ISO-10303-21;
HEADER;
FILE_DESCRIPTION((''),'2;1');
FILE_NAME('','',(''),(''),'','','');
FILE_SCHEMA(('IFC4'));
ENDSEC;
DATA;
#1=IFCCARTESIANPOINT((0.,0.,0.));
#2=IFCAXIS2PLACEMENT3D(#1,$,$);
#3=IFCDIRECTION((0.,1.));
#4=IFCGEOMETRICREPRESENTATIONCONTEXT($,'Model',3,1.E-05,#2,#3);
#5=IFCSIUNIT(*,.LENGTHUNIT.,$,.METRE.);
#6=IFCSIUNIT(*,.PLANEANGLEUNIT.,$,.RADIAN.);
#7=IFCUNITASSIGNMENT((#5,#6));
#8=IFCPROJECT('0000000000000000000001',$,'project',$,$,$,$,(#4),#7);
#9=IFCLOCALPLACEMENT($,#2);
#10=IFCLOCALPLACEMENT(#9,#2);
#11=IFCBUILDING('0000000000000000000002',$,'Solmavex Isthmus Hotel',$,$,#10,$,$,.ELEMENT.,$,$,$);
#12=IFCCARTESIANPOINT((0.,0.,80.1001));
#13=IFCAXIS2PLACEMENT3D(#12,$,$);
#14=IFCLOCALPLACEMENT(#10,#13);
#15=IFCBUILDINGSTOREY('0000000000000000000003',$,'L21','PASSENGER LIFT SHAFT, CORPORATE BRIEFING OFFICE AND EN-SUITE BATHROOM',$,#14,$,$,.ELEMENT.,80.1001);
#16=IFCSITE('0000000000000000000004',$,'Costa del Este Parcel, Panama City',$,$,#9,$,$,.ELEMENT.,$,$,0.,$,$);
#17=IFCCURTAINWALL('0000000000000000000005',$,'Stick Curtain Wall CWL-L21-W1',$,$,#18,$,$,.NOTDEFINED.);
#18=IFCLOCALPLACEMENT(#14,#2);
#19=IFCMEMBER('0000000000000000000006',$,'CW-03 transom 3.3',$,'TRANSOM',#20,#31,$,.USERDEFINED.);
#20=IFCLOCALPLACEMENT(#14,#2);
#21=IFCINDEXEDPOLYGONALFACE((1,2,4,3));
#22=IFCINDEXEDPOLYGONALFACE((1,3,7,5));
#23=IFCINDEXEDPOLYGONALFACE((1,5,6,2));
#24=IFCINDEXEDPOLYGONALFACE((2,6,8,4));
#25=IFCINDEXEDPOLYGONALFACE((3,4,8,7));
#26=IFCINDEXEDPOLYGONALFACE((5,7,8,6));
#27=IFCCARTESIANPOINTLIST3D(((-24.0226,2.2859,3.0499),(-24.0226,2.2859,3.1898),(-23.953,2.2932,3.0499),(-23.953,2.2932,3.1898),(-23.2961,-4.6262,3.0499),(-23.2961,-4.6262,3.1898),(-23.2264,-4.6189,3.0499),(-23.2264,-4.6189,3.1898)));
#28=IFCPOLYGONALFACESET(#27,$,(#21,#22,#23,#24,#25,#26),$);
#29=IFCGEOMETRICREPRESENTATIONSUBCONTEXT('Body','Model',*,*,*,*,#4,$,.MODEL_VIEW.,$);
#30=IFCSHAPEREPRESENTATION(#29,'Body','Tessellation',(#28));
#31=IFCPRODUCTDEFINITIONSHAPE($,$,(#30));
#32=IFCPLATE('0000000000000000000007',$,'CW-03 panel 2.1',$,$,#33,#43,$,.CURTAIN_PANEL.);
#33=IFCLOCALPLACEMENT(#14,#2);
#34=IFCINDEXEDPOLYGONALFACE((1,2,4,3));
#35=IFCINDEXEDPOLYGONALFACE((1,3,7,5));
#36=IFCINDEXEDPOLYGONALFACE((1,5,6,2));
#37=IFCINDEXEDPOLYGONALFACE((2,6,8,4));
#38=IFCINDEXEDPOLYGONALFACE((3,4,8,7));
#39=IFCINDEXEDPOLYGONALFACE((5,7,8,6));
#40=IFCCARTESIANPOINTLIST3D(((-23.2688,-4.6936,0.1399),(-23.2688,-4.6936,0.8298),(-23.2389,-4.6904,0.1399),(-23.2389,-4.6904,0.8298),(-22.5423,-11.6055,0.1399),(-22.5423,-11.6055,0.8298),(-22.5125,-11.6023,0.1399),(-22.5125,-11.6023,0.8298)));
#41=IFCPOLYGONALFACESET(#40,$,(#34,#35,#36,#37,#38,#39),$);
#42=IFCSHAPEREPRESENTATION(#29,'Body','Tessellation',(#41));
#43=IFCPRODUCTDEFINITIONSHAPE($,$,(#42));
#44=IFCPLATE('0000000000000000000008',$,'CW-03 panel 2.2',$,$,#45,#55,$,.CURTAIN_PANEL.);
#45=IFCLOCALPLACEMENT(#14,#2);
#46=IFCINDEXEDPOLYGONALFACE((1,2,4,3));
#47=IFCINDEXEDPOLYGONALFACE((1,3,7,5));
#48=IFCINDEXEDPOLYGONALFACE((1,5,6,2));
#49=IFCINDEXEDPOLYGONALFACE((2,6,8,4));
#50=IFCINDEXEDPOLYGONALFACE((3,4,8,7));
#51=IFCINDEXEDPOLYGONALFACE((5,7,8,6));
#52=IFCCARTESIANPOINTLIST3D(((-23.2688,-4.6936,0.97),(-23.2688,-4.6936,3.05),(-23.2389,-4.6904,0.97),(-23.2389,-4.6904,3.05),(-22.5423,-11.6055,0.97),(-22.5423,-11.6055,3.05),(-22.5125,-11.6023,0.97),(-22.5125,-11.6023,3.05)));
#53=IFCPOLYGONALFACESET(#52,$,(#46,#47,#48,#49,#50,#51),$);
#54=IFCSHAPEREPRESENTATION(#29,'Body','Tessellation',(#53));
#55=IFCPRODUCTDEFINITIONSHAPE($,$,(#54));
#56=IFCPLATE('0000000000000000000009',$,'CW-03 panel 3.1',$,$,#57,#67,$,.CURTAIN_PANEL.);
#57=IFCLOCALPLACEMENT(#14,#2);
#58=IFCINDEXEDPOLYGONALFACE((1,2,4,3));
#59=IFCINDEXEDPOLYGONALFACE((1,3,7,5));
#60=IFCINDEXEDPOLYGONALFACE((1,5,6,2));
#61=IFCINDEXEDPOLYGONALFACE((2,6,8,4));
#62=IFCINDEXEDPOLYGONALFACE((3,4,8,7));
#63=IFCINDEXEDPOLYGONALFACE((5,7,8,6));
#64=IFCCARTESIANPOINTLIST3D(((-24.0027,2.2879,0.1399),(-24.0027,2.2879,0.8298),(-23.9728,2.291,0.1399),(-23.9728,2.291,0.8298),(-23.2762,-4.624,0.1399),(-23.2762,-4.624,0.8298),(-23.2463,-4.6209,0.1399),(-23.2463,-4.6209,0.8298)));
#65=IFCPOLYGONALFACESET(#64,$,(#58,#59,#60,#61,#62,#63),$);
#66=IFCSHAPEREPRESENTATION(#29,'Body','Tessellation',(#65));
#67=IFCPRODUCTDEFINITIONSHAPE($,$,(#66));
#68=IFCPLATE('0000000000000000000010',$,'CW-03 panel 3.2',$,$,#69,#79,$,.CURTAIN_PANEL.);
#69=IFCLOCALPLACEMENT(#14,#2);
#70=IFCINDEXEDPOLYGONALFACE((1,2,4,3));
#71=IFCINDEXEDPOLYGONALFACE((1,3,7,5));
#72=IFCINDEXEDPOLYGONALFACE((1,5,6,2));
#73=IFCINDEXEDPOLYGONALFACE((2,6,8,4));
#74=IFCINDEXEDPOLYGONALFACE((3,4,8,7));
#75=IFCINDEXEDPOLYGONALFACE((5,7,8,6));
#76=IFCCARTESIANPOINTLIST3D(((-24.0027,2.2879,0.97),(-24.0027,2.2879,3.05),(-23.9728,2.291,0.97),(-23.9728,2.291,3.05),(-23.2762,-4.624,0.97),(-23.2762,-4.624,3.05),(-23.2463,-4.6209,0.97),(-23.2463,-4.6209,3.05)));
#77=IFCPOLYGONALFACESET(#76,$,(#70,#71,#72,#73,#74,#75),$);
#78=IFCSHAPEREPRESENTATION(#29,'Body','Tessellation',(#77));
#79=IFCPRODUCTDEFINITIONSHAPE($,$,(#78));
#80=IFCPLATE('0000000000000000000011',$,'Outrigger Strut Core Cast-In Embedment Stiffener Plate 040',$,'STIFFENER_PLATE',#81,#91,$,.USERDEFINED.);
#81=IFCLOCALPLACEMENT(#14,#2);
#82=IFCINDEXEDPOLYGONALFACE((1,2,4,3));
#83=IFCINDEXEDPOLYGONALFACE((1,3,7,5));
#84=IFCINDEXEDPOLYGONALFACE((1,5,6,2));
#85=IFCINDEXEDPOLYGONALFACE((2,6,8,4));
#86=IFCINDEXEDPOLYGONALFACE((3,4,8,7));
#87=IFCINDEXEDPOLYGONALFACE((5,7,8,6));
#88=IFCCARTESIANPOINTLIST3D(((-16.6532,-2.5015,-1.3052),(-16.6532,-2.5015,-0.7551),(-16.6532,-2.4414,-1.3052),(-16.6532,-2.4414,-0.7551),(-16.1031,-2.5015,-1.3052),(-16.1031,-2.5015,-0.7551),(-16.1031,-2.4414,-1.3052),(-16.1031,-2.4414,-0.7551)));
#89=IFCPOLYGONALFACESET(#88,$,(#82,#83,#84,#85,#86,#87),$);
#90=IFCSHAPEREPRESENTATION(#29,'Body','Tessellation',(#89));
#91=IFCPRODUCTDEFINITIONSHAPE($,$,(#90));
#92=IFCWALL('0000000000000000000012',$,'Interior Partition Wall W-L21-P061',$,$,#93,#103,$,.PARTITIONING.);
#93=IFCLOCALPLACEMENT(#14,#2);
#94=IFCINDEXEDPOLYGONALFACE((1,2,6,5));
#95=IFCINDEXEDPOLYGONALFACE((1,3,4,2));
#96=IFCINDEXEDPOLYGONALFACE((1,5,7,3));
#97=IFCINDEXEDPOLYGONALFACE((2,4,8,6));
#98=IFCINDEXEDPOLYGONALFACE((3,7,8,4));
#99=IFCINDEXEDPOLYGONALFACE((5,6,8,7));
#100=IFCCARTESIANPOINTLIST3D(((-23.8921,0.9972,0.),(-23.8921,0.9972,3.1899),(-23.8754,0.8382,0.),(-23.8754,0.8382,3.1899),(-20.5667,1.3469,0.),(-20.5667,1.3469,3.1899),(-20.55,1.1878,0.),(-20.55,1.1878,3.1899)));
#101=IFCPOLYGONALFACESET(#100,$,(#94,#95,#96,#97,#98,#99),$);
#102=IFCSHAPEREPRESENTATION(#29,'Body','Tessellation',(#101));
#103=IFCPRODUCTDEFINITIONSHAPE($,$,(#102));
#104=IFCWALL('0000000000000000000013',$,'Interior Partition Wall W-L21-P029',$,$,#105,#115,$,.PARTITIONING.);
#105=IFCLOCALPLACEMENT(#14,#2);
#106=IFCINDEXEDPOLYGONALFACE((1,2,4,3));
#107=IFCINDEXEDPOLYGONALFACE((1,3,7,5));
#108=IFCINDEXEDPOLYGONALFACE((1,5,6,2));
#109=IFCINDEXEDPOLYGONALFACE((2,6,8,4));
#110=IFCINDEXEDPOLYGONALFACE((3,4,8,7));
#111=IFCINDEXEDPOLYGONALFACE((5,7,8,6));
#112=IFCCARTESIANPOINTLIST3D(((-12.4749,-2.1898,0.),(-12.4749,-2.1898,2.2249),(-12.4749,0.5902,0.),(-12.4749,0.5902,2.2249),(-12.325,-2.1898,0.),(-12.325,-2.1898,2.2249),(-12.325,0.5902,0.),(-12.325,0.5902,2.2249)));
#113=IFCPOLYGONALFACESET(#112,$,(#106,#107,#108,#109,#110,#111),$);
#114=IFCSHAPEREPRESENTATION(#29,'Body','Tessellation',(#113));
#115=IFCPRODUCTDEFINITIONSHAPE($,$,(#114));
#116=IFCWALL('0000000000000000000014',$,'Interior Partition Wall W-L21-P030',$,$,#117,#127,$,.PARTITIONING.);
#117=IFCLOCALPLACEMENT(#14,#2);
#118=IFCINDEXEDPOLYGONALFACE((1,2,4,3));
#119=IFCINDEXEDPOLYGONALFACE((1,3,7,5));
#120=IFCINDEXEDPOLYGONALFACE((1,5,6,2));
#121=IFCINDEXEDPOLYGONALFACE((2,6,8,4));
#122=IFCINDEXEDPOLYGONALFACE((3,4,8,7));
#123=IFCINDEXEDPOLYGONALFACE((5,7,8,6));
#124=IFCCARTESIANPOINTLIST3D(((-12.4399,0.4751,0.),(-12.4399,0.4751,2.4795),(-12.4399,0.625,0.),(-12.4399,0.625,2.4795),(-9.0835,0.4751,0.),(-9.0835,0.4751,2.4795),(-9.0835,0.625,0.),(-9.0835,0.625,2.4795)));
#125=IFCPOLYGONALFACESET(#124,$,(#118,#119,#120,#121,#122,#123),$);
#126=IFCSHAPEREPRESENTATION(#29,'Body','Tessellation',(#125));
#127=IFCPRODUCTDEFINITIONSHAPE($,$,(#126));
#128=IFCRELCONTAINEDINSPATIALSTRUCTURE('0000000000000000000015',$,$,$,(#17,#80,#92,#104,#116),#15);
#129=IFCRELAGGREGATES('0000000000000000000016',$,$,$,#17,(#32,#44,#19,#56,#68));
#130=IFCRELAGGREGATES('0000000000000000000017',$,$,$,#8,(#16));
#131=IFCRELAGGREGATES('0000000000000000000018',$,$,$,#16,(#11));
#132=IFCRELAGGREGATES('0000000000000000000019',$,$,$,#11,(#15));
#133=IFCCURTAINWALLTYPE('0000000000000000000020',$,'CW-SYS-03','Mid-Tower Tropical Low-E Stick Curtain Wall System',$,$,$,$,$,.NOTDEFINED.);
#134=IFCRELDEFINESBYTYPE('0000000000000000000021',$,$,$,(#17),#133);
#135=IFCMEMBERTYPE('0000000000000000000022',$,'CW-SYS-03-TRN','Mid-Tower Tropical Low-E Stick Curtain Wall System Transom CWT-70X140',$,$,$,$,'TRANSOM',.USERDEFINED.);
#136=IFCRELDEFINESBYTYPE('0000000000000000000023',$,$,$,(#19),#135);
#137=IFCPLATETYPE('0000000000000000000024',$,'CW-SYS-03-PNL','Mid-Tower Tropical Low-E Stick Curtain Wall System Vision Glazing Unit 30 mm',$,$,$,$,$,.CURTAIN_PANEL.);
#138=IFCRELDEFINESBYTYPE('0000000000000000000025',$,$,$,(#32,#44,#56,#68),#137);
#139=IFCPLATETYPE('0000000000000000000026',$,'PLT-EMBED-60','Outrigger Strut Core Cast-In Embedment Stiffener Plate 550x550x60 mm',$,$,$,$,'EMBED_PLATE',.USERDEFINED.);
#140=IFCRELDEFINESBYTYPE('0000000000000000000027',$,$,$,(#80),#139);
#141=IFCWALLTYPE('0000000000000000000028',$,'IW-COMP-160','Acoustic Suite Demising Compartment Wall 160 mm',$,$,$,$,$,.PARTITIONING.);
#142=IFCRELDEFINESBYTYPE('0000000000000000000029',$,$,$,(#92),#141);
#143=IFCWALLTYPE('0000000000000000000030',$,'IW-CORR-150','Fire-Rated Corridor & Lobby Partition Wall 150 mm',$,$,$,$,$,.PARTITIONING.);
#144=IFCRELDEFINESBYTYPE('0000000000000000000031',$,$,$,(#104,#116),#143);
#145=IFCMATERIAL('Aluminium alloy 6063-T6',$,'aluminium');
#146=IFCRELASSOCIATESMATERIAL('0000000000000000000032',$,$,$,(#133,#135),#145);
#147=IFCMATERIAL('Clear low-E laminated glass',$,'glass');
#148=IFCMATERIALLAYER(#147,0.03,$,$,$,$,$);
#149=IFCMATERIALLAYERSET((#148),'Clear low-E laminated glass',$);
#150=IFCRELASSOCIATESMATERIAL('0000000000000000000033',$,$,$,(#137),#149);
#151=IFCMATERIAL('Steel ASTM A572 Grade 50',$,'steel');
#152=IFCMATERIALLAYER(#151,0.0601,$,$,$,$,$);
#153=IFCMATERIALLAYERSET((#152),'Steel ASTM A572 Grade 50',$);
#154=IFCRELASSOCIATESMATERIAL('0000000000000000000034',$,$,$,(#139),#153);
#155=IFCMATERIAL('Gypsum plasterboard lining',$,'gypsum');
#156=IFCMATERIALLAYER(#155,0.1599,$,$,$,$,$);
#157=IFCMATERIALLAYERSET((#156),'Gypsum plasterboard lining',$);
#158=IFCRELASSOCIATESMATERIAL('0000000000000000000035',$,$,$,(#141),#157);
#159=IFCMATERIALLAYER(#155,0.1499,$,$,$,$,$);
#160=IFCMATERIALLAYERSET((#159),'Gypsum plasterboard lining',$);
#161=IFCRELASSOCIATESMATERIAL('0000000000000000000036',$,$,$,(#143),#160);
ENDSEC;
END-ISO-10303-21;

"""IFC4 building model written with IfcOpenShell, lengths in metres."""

from ifc_helpers import new_model, si_unit, direction, frame, frame_2d, origin, origin_2d, place, context, subcontext, project, spatial, rectangle, extrude, material, layer, layer_set, material_profile, profile_set, type_object, element, aggregate, save


model = new_model("IFC4")

# Units and contexts
model_context = context("Model", 3, precision=1e-05, world=origin(), true_north=direction((0.0, 1.0)))
body_context = subcontext(model_context, "Body", "Model", "MODEL_VIEW")
ifc_project = project(units=[si_unit("LENGTHUNIT", "METRE"), si_unit("PLANEANGLEUNIT", "RADIAN")], contexts=[model_context])

# Site, building, storey
site_placement = place(None, origin())
site = spatial("IfcSite", under=ifc_project, at=site_placement, Name="Costa del Este Parcel, Panama City", CompositionType="ELEMENT", RefElevation=0.0)
building_placement = place(site_placement, origin())
building = spatial("IfcBuilding", under=site, at=building_placement, Name="Solmavex Isthmus Hotel", CompositionType="ELEMENT")
storey_placement = place(building_placement, frame((0.0, 0.0, 80.1001)))
storey = spatial("IfcBuildingStorey", under=building, at=storey_placement, Name="L21", Description="PASSENGER LIFT SHAFT, CORPORATE BRIEFING OFFICE AND EN-SUITE BATHROOM", CompositionType="ELEMENT", Elevation=80.1001)

# Curtain wall, member, plates
ifc_material_1 = material(Name="Aluminium alloy 6063-T6", Category="aluminium")
curtain_wall_type = type_object("IfcCurtainWallType", Name="CW-SYS-03", Description="Mid-Tower Tropical Low-E Stick Curtain Wall System", PredefinedType="NOTDEFINED", material=ifc_material_1)
curtain_wall_placement = place(storey_placement, origin())
curtain_wall = element("IfcCurtainWall", 1, at=curtain_wall_placement, inside=storey, type_object=curtain_wall_type, Name="Stick Curtain Wall CWL-L21-W1", PredefinedType="NOTDEFINED")
ifc_material_profile_1 = material_profile(ifc_material_1, rectangle(XDim=0.0701, YDim=0.1399, at=origin_2d()), Name="CWT-70X140")
ifc_profile_set_1 = profile_set([ifc_material_profile_1], Name="Aluminium alloy 6063-T6")
member_type_1 = type_object("IfcMemberType", Name="CW-SYS-03-TRN", Description="Mid-Tower Tropical Low-E Stick Curtain Wall System Transom CWT-70X140", ElementType="TRANSOM", PredefinedType="USERDEFINED", material=ifc_profile_set_1)
member_1_placement = place(storey_placement, frame((-23.2612, -4.6226, 3.1199), z_axis=(-0.104539, 0.994521, 0.0), x_axis=(-0.994521, -0.104539, 0.0)))
member_1 = element("IfcMember", 2, at=member_1_placement, type_object=member_type_1, Name="CW-03 transom 3.3", ObjectType="TRANSOM", PredefinedType="USERDEFINED", context=body_context, shape_type="SweptSolid", body=[
    extrude(rectangle(XDim=0.0701, YDim=0.1399, at=origin_2d()), origin(), (0.0, 0.0, 1.0), 6.9502),
])
ifc_material_2 = material(Name="Clear low-E laminated glass", Category="glass")
ifc_layer_1 = layer(ifc_material_2, 0.03)
ifc_layer_set_1 = layer_set([ifc_layer_1], Name="Clear low-E laminated glass")
plate_type_1 = type_object("IfcPlateType", Name="CW-SYS-03-PNL", Description="Mid-Tower Tropical Low-E Stick Curtain Wall System Vision Glazing Unit 30 mm", PredefinedType="CURTAIN_PANEL", material=ifc_layer_set_1)
plate_1_placement = place(storey_placement, frame((-22.8906, -8.1479, 0.1399), z_axis=(0.0, 0.0, 1.0), x_axis=(-0.104528, 0.994522, 0.0)))
plate_1 = element("IfcPlate", 3, at=plate_1_placement, type_object=plate_type_1, Name="CW-03 panel 2.1", PredefinedType="CURTAIN_PANEL", context=body_context, shape_type="SweptSolid", body=[
    extrude(rectangle(XDim=6.95, YDim=0.03, at=origin_2d()), origin(), (0.0, 0.0, 1.0), 0.6899),
])
plate_2_placement = place(storey_placement, frame((-22.8906, -8.1479, 0.97), z_axis=(0.0, 0.0, 1.0), x_axis=(-0.104528, 0.994522, 0.0)))
plate_2 = element("IfcPlate", 4, at=plate_2_placement, type_object=plate_type_1, Name="CW-03 panel 2.2", PredefinedType="CURTAIN_PANEL", context=body_context, shape_type="SweptSolid", body=[
    extrude(rectangle(XDim=6.95, YDim=0.03, at=origin_2d()), origin(), (0.0, 0.0, 1.0), 2.0801),
])
plate_3_placement = place(storey_placement, frame((-23.6245, -1.1665, 0.1399), z_axis=(0.0, 0.0, 1.0), x_axis=(-0.104528, 0.994522, 0.0)))
plate_3 = element("IfcPlate", 5, at=plate_3_placement, type_object=plate_type_1, Name="CW-03 panel 3.1", PredefinedType="CURTAIN_PANEL", context=body_context, shape_type="SweptSolid", body=[
    extrude(rectangle(XDim=6.95, YDim=0.03, at=origin_2d()), origin(), (0.0, 0.0, 1.0), 0.6899),
])
plate_4_placement = place(storey_placement, frame((-23.6245, -1.1665, 0.97), z_axis=(0.0, 0.0, 1.0), x_axis=(-0.104528, 0.994522, 0.0)))
plate_4 = element("IfcPlate", 6, at=plate_4_placement, type_object=plate_type_1, Name="CW-03 panel 3.2", PredefinedType="CURTAIN_PANEL", context=body_context, shape_type="SweptSolid", body=[
    extrude(rectangle(XDim=6.95, YDim=0.03, at=origin_2d()), origin(), (0.0, 0.0, 1.0), 2.0801),
])
aggregate(curtain_wall, [plate_1, plate_2, member_1, plate_3, plate_4])

# Plate
ifc_material_3 = material(Name="Steel ASTM A572 Grade 50", Category="steel")
ifc_layer_2 = layer(ifc_material_3, 0.0601)
ifc_layer_set_2 = layer_set([ifc_layer_2], Name="Steel ASTM A572 Grade 50")
plate_type_2 = type_object("IfcPlateType", Name="PLT-EMBED-60", Description="Outrigger Strut Core Cast-In Embedment Stiffener Plate 550x550x60 mm", ElementType="EMBED_PLATE", PredefinedType="USERDEFINED", material=ifc_layer_set_2)
plate_5_placement = place(storey_placement, frame((-16.3782, -2.4714, -1.3052), z_axis=(0.0, 0.0, 1.0), x_axis=(1.0, 0.0, 0.0)))
element("IfcPlate", 7, at=plate_5_placement, inside=storey, type_object=plate_type_2, Name="Outrigger Strut Core Cast-In Embedment Stiffener Plate 040", ObjectType="STIFFENER_PLATE", PredefinedType="USERDEFINED", context=body_context, shape_type="SweptSolid", body=[
    extrude(rectangle(XDim=0.55, YDim=0.0601, at=origin_2d()), origin(), (0.0, 0.0, 1.0), 0.55),
])

# Walls
ifc_material_4 = material(Name="Gypsum plasterboard lining", Category="gypsum")
ifc_layer_3 = layer(ifc_material_4, 0.1599)
ifc_layer_set_3 = layer_set([ifc_layer_3], Name="Gypsum plasterboard lining")
wall_type_1 = type_object("IfcWallType", Name="IW-COMP-160", Description="Acoustic Suite Demising Compartment Wall 160 mm", PredefinedType="PARTITIONING", material=ifc_layer_set_3)
wall_1_placement = place(storey_placement, frame((-20.5583, 1.2673, 0.0), z_axis=(0.0, 0.0, 1.0), x_axis=(-0.994519, -0.104556, 0.0)))
element("IfcWall", 8, at=wall_1_placement, inside=storey, type_object=wall_type_1, Name="Interior Partition Wall W-L21-P061", PredefinedType="PARTITIONING", context=body_context, shape_type="SweptSolid", body=[
    extrude(rectangle(XDim=3.3438, YDim=0.1599, at=frame_2d((1.6719, 0.0))), origin(), (0.0, 0.0, 1.0), 3.1899),
])
ifc_layer_4 = layer(ifc_material_4, 0.1499)
ifc_layer_set_4 = layer_set([ifc_layer_4], Name="Gypsum plasterboard lining")
wall_type_2 = type_object("IfcWallType", Name="IW-CORR-150", Description="Fire-Rated Corridor & Lobby Partition Wall 150 mm", PredefinedType="PARTITIONING", material=ifc_layer_set_4)
wall_2_placement = place(storey_placement, frame((-12.3999, -2.1899, 0.0), z_axis=(0.0, 0.0, 1.0), x_axis=(0.0, 1.0, 0.0)))
element("IfcWall", 9, at=wall_2_placement, inside=storey, type_object=wall_type_2, Name="Interior Partition Wall W-L21-P029", PredefinedType="PARTITIONING", context=body_context, shape_type="SweptSolid", body=[
    extrude(rectangle(XDim=2.78, YDim=0.1499, at=frame_2d((1.3901, 0.0))), origin(), (0.0, 0.0, 1.0), 2.2249),
])
wall_3_placement = place(storey_placement, frame((-12.4399, 0.55, 0.0), z_axis=(0.0, 0.0, 1.0), x_axis=(1.0, 0.0, 0.0)))
element("IfcWall", 10, at=wall_3_placement, inside=storey, type_object=wall_type_2, Name="Interior Partition Wall W-L21-P030", PredefinedType="PARTITIONING", context=body_context, shape_type="SweptSolid", body=[
    extrude(rectangle(XDim=3.3564, YDim=0.1499, at=frame_2d((1.6782, 0.0))), origin(), (0.0, 0.0, 1.0), 2.4795),
])

save(model, "model.ifc")
